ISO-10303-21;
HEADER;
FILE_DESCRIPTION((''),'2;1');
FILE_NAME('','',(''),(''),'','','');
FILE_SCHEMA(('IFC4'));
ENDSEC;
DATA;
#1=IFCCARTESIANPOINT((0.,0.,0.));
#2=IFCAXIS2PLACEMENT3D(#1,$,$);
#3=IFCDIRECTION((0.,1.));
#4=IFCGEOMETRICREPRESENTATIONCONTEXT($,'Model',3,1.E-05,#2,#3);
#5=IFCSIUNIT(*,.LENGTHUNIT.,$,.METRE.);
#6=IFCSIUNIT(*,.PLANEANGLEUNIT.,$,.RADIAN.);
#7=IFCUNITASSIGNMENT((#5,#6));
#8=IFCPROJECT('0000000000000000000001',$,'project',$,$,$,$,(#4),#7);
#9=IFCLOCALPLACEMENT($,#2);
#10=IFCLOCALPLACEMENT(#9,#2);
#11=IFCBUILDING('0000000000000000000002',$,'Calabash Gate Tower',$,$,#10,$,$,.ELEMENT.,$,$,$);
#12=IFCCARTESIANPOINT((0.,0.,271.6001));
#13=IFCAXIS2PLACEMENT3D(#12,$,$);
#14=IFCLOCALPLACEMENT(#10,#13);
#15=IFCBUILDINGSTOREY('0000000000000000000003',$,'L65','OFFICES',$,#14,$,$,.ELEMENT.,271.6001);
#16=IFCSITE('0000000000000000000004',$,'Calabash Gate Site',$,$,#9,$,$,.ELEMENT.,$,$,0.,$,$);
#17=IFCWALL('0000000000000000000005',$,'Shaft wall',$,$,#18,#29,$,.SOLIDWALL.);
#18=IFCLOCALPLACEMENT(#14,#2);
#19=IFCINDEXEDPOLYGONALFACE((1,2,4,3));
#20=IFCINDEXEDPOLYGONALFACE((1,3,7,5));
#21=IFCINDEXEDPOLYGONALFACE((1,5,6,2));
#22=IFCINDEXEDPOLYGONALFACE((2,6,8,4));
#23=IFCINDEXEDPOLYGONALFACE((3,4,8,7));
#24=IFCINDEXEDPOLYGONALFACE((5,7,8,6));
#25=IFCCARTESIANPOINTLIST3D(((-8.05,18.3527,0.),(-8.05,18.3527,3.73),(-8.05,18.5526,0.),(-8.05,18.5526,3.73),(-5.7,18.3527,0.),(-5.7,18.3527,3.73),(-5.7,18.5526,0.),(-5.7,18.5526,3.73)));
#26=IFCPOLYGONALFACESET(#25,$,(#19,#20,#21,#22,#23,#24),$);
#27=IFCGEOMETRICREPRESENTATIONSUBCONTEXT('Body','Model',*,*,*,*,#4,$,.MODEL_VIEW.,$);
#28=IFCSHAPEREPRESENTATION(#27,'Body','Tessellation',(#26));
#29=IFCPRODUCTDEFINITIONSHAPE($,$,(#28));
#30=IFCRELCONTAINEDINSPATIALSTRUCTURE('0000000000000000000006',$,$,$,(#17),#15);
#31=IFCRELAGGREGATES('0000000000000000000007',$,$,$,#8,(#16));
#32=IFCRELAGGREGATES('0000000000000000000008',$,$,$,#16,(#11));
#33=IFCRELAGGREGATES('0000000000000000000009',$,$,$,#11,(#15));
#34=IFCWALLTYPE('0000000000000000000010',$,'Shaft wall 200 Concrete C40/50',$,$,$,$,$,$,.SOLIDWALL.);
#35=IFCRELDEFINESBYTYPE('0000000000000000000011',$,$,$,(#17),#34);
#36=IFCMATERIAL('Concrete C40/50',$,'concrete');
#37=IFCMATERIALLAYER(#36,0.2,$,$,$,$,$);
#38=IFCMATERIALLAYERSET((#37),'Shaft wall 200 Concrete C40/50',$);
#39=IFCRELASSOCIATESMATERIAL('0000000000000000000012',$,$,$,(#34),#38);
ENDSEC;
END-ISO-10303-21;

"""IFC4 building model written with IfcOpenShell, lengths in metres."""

from ifc_helpers import new_model, si_unit, direction, frame, frame_2d, origin, place, context, subcontext, project, spatial, rectangle, extrude, material, layer, layer_set, type_object, element, save


model = new_model("IFC4")

# Units and contexts
model_context = context("Model", 3, precision=1e-05, world=origin(), true_north=direction((0.0, 1.0)))
body_context = subcontext(model_context, "Body", "Model", "MODEL_VIEW")
ifc_project = project(units=[si_unit("LENGTHUNIT", "METRE"), si_unit("PLANEANGLEUNIT", "RADIAN")], contexts=[model_context])

# Site, building, storey
site_placement = place(None, origin())
site = spatial("IfcSite", under=ifc_project, at=site_placement, Name="Calabash Gate Site", CompositionType="ELEMENT", RefElevation=0.0)
building_placement = place(site_placement, origin())
building = spatial("IfcBuilding", under=site, at=building_placement, Name="Calabash Gate Tower", CompositionType="ELEMENT")
storey_placement = place(building_placement, frame((0.0, 0.0, 271.6001)))
storey = spatial("IfcBuildingStorey", under=building, at=storey_placement, Name="L65", Description="OFFICES", CompositionType="ELEMENT", Elevation=271.6001)

# Shared definitions
ifc_material_1 = material(Name="Concrete C40/50", Category="concrete")
ifc_layer_1 = layer(ifc_material_1, 0.2)
ifc_layer_set_1 = layer_set([ifc_layer_1], Name="Shaft wall 200 Concrete C40/50")
wall_type_1 = type_object("IfcWallType", Name="Shaft wall 200 Concrete C40/50", PredefinedType="SOLIDWALL", material=ifc_layer_set_1)

# Wall
wall_1_placement = place(storey_placement, frame((-8.05, 18.4526, 0.0), z_axis=(0.0, 0.0, 1.0), x_axis=(1.0, 0.0, 0.0)))
element("IfcWall", 1, at=wall_1_placement, inside=storey, type_object=wall_type_1, Name="Shaft wall", PredefinedType="SOLIDWALL", context=body_context, shape_type="SweptSolid", body=[
    extrude(rectangle(XDim=2.3501, YDim=0.2, at=frame_2d((1.175, 0.0))), origin(), (0.0, 0.0, 1.0), 3.73),
])

save(model, "model.ifc")
